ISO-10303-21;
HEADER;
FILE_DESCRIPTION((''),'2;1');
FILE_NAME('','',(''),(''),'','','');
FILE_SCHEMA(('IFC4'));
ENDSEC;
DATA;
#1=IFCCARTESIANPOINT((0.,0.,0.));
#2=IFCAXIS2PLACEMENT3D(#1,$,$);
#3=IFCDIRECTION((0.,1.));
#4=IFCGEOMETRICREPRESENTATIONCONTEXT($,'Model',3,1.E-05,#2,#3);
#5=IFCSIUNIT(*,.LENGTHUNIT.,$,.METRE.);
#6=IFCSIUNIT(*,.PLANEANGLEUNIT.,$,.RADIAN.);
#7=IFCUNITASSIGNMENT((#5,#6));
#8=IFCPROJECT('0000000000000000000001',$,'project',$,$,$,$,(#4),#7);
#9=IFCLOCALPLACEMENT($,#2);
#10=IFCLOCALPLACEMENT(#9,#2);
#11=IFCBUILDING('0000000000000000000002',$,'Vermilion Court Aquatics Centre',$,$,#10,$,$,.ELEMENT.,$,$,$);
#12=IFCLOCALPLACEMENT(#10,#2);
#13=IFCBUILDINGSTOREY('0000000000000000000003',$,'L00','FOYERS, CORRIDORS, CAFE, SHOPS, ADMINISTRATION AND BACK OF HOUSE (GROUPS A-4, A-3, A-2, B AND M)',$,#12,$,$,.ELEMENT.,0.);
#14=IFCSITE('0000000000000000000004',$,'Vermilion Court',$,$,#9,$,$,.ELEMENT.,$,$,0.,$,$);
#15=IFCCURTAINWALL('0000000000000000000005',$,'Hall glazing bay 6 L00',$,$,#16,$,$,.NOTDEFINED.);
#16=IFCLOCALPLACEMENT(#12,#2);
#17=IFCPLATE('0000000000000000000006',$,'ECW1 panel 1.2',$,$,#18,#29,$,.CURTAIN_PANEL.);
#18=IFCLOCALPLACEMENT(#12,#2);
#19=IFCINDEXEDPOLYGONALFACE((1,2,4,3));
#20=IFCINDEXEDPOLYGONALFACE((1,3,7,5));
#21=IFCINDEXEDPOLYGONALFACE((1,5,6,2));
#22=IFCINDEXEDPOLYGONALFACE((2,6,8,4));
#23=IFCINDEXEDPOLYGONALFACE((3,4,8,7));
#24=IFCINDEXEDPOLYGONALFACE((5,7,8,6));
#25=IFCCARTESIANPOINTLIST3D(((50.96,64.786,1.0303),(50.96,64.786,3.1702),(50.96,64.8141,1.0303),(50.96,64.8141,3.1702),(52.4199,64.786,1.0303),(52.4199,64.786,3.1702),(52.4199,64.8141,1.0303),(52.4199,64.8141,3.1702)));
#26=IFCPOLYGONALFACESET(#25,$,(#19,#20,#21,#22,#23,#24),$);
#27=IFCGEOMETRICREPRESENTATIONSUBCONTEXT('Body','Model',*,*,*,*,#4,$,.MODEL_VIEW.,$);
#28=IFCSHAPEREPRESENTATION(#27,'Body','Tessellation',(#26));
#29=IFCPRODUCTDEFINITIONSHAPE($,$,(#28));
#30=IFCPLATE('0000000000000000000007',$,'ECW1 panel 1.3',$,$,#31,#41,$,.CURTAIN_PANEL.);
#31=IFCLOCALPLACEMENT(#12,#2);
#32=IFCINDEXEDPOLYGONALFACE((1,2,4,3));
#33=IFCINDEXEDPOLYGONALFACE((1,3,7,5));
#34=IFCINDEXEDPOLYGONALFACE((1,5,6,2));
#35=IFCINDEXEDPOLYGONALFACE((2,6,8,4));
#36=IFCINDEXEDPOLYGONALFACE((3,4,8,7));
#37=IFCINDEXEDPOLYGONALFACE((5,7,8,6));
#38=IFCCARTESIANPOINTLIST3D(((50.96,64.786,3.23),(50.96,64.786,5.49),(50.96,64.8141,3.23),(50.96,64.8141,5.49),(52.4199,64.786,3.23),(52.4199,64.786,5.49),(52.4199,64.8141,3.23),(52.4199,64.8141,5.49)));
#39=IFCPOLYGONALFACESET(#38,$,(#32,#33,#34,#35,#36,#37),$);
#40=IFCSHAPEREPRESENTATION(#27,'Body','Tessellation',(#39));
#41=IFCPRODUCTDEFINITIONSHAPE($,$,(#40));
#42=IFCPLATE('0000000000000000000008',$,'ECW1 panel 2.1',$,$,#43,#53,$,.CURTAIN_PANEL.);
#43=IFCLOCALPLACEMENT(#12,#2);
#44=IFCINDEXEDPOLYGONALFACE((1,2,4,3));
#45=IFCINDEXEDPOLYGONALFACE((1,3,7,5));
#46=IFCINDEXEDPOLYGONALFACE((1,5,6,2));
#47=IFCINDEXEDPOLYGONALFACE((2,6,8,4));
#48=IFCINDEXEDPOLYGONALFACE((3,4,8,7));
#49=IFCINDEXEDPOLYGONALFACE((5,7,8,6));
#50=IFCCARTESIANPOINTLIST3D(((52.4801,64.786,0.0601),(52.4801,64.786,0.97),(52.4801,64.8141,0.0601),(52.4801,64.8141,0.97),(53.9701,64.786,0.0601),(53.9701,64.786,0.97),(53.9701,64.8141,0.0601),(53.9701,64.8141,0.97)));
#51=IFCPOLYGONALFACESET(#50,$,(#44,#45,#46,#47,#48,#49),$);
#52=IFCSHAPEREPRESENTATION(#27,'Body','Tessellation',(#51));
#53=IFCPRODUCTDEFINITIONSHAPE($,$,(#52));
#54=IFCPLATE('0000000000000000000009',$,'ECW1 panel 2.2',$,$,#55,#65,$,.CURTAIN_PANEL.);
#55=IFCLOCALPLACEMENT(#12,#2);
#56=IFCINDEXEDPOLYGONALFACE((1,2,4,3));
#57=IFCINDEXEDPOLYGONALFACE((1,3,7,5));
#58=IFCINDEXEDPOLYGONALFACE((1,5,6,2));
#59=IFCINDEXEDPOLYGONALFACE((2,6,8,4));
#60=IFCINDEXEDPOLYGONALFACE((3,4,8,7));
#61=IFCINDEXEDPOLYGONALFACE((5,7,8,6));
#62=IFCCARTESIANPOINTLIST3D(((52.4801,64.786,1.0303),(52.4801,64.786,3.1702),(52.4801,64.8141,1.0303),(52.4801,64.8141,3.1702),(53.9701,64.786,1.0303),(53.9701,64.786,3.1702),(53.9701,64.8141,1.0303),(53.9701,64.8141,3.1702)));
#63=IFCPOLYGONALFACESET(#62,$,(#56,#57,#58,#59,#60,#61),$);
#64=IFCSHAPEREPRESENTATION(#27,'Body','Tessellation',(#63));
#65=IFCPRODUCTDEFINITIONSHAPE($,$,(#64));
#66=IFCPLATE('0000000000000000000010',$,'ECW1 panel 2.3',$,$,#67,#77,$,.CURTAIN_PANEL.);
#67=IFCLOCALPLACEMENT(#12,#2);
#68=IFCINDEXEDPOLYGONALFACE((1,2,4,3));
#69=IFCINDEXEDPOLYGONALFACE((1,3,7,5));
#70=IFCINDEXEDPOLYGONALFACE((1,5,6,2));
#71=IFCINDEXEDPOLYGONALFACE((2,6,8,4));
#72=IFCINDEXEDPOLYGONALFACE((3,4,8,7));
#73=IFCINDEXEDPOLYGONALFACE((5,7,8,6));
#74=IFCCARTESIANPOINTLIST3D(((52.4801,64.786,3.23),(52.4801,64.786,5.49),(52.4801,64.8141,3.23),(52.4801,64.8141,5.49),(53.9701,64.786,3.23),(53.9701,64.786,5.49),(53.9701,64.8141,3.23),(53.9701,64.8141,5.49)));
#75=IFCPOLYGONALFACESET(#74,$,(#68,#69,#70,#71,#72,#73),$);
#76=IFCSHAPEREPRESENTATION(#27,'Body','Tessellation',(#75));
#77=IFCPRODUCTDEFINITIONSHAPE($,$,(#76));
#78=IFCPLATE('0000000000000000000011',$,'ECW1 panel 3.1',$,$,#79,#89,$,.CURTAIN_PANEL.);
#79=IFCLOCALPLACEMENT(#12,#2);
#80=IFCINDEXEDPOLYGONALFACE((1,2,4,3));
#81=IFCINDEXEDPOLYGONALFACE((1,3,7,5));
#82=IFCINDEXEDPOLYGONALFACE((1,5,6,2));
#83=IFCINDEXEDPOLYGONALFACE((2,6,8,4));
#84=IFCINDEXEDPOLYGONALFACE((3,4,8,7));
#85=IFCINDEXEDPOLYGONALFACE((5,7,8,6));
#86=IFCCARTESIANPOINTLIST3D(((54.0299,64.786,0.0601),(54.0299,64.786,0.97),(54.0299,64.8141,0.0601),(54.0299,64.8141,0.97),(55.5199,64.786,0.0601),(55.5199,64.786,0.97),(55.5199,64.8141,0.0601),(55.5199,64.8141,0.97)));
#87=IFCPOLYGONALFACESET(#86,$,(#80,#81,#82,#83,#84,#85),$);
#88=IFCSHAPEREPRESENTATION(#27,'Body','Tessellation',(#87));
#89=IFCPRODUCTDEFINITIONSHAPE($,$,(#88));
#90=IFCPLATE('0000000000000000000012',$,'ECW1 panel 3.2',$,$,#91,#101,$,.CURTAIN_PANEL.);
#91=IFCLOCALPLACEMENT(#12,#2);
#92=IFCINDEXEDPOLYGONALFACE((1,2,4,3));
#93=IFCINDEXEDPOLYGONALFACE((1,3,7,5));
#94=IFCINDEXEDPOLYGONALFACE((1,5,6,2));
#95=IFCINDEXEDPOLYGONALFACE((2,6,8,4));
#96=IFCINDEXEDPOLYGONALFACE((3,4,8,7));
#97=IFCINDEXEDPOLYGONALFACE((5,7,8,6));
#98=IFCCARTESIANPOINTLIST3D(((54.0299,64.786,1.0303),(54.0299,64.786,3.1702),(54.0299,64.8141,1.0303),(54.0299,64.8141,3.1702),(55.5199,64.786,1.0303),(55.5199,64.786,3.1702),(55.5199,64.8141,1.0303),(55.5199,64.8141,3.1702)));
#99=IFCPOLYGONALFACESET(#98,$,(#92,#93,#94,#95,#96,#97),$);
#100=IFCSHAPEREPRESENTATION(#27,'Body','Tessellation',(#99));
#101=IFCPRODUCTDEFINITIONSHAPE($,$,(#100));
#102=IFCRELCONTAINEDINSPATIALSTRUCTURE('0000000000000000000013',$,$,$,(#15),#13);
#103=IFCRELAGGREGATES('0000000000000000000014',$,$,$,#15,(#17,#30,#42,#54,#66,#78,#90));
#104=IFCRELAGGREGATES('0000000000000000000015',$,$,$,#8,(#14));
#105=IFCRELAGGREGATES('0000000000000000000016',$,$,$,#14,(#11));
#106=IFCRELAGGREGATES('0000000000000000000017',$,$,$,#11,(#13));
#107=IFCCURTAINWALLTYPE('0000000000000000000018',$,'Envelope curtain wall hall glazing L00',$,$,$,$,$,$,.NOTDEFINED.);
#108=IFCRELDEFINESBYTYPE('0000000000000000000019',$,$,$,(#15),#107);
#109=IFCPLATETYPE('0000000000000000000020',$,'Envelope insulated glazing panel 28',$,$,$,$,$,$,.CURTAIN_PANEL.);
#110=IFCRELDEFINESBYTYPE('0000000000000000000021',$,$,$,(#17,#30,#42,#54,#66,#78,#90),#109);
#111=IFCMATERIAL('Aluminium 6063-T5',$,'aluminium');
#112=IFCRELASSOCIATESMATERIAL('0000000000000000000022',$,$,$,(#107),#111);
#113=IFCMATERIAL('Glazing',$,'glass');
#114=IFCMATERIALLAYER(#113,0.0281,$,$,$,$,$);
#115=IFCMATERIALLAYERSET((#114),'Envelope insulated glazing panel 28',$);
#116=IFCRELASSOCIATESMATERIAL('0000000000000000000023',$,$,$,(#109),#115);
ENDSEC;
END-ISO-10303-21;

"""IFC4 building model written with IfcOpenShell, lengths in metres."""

from ifc_helpers import new_model, si_unit, direction, frame, origin, origin_2d, place, context, subcontext, project, spatial, rectangle, extrude, material, layer, layer_set, type_object, element, aggregate, save


model = new_model("IFC4")

# Units and contexts
model_context = context("Model", 3, precision=1e-05, world=origin(), true_north=direction((0.0, 1.0)))
body_context = subcontext(model_context, "Body", "Model", "MODEL_VIEW")
ifc_project = project(units=[si_unit("LENGTHUNIT", "METRE"), si_unit("PLANEANGLEUNIT", "RADIAN")], contexts=[model_context])

# Site, building, storey
site_placement = place(None, origin())
site = spatial("IfcSite", under=ifc_project, at=site_placement, Name="Vermilion Court", CompositionType="ELEMENT", RefElevation=0.0)
building_placement = place(site_placement, origin())
building = spatial("IfcBuilding", under=site, at=building_placement, Name="Vermilion Court Aquatics Centre", CompositionType="ELEMENT")
storey_placement = place(building_placement, origin())
storey = spatial("IfcBuildingStorey", under=building, at=storey_placement, Name="L00", Description="FOYERS, CORRIDORS, CAFE, SHOPS, ADMINISTRATION AND BACK OF HOUSE (GROUPS A-4, A-3, A-2, B AND M)", CompositionType="ELEMENT", Elevation=0.0)

# Curtain wall, plates
ifc_material_1 = material(Name="Aluminium 6063-T5", Category="aluminium")
curtain_wall_type = type_object("IfcCurtainWallType", Name="Envelope curtain wall hall glazing L00", PredefinedType="NOTDEFINED", material=ifc_material_1)
curtain_wall_placement = place(storey_placement, origin())
curtain_wall = element("IfcCurtainWall", 1, at=curtain_wall_placement, inside=storey, type_object=curtain_wall_type, Name="Hall glazing bay 6 L00", PredefinedType="NOTDEFINED")
ifc_material_2 = material(Name="Glazing", Category="glass")
ifc_layer = layer(ifc_material_2, 0.0281)
ifc_layer_set = layer_set([ifc_layer], Name="Envelope insulated glazing panel 28")
plate_type = type_object("IfcPlateType", Name="Envelope insulated glazing panel 28", PredefinedType="CURTAIN_PANEL", material=ifc_layer_set)
plate_1_placement = place(storey_placement, frame((51.6899, 64.8, 1.0303), z_axis=(0.0, 0.0, 1.0), x_axis=(1.0, 0.0, 0.0)))
plate_1 = element("IfcPlate", 2, at=plate_1_placement, type_object=plate_type, Name="ECW1 panel 1.2", PredefinedType="CURTAIN_PANEL", context=body_context, shape_type="SweptSolid", body=[
    extrude(rectangle(XDim=1.46, YDim=0.0281, at=origin_2d()), origin(), (0.0, 0.0, 1.0), 2.1399),
])
plate_2_placement = place(storey_placement, frame((51.6899, 64.8, 3.23), z_axis=(0.0, 0.0, 1.0), x_axis=(1.0, 0.0, 0.0)))
plate_2 = element("IfcPlate", 3, at=plate_2_placement, type_object=plate_type, Name="ECW1 panel 1.3", PredefinedType="CURTAIN_PANEL", context=body_context, shape_type="SweptSolid", body=[
    extrude(rectangle(XDim=1.46, YDim=0.0281, at=origin_2d()), origin(), (0.0, 0.0, 1.0), 2.26),
])
plate_3_placement = place(storey_placement, frame((53.2251, 64.8, 0.0601), z_axis=(0.0, 0.0, 1.0), x_axis=(1.0, 0.0, 0.0)))
plate_3 = element("IfcPlate", 4, at=plate_3_placement, type_object=plate_type, Name="ECW1 panel 2.1", PredefinedType="CURTAIN_PANEL", context=body_context, shape_type="SweptSolid", body=[
    extrude(rectangle(XDim=1.49, YDim=0.0281, at=origin_2d()), origin(), (0.0, 0.0, 1.0), 0.9099),
])
plate_4_placement = place(storey_placement, frame((53.2251, 64.8, 1.0303), z_axis=(0.0, 0.0, 1.0), x_axis=(1.0, 0.0, 0.0)))
plate_4 = element("IfcPlate", 5, at=plate_4_placement, type_object=plate_type, Name="ECW1 panel 2.2", PredefinedType="CURTAIN_PANEL", context=body_context, shape_type="SweptSolid", body=[
    extrude(rectangle(XDim=1.49, YDim=0.0281, at=origin_2d()), origin(), (0.0, 0.0, 1.0), 2.1399),
])
plate_5_placement = place(storey_placement, frame((53.2251, 64.8, 3.23), z_axis=(0.0, 0.0, 1.0), x_axis=(1.0, 0.0, 0.0)))
plate_5 = element("IfcPlate", 6, at=plate_5_placement, type_object=plate_type, Name="ECW1 panel 2.3", PredefinedType="CURTAIN_PANEL", context=body_context, shape_type="SweptSolid", body=[
    extrude(rectangle(XDim=1.49, YDim=0.0281, at=origin_2d()), origin(), (0.0, 0.0, 1.0), 2.26),
])
plate_6_placement = place(storey_placement, frame((54.7749, 64.8, 0.0601), z_axis=(0.0, 0.0, 1.0), x_axis=(1.0, 0.0, 0.0)))
plate_6 = element("IfcPlate", 7, at=plate_6_placement, type_object=plate_type, Name="ECW1 panel 3.1", PredefinedType="CURTAIN_PANEL", context=body_context, shape_type="SweptSolid", body=[
    extrude(rectangle(XDim=1.49, YDim=0.0281, at=origin_2d()), origin(), (0.0, 0.0, 1.0), 0.9099),
])
plate_7_placement = place(storey_placement, frame((54.7749, 64.8, 1.0303), z_axis=(0.0, 0.0, 1.0), x_axis=(1.0, 0.0, 0.0)))
plate_7 = element("IfcPlate", 8, at=plate_7_placement, type_object=plate_type, Name="ECW1 panel 3.2", PredefinedType="CURTAIN_PANEL", context=body_context, shape_type="SweptSolid", body=[
    extrude(rectangle(XDim=1.49, YDim=0.0281, at=origin_2d()), origin(), (0.0, 0.0, 1.0), 2.1399),
])
aggregate(curtain_wall, [plate_1, plate_2, plate_3, plate_4, plate_5, plate_6, plate_7])

save(model, "model.ifc")
